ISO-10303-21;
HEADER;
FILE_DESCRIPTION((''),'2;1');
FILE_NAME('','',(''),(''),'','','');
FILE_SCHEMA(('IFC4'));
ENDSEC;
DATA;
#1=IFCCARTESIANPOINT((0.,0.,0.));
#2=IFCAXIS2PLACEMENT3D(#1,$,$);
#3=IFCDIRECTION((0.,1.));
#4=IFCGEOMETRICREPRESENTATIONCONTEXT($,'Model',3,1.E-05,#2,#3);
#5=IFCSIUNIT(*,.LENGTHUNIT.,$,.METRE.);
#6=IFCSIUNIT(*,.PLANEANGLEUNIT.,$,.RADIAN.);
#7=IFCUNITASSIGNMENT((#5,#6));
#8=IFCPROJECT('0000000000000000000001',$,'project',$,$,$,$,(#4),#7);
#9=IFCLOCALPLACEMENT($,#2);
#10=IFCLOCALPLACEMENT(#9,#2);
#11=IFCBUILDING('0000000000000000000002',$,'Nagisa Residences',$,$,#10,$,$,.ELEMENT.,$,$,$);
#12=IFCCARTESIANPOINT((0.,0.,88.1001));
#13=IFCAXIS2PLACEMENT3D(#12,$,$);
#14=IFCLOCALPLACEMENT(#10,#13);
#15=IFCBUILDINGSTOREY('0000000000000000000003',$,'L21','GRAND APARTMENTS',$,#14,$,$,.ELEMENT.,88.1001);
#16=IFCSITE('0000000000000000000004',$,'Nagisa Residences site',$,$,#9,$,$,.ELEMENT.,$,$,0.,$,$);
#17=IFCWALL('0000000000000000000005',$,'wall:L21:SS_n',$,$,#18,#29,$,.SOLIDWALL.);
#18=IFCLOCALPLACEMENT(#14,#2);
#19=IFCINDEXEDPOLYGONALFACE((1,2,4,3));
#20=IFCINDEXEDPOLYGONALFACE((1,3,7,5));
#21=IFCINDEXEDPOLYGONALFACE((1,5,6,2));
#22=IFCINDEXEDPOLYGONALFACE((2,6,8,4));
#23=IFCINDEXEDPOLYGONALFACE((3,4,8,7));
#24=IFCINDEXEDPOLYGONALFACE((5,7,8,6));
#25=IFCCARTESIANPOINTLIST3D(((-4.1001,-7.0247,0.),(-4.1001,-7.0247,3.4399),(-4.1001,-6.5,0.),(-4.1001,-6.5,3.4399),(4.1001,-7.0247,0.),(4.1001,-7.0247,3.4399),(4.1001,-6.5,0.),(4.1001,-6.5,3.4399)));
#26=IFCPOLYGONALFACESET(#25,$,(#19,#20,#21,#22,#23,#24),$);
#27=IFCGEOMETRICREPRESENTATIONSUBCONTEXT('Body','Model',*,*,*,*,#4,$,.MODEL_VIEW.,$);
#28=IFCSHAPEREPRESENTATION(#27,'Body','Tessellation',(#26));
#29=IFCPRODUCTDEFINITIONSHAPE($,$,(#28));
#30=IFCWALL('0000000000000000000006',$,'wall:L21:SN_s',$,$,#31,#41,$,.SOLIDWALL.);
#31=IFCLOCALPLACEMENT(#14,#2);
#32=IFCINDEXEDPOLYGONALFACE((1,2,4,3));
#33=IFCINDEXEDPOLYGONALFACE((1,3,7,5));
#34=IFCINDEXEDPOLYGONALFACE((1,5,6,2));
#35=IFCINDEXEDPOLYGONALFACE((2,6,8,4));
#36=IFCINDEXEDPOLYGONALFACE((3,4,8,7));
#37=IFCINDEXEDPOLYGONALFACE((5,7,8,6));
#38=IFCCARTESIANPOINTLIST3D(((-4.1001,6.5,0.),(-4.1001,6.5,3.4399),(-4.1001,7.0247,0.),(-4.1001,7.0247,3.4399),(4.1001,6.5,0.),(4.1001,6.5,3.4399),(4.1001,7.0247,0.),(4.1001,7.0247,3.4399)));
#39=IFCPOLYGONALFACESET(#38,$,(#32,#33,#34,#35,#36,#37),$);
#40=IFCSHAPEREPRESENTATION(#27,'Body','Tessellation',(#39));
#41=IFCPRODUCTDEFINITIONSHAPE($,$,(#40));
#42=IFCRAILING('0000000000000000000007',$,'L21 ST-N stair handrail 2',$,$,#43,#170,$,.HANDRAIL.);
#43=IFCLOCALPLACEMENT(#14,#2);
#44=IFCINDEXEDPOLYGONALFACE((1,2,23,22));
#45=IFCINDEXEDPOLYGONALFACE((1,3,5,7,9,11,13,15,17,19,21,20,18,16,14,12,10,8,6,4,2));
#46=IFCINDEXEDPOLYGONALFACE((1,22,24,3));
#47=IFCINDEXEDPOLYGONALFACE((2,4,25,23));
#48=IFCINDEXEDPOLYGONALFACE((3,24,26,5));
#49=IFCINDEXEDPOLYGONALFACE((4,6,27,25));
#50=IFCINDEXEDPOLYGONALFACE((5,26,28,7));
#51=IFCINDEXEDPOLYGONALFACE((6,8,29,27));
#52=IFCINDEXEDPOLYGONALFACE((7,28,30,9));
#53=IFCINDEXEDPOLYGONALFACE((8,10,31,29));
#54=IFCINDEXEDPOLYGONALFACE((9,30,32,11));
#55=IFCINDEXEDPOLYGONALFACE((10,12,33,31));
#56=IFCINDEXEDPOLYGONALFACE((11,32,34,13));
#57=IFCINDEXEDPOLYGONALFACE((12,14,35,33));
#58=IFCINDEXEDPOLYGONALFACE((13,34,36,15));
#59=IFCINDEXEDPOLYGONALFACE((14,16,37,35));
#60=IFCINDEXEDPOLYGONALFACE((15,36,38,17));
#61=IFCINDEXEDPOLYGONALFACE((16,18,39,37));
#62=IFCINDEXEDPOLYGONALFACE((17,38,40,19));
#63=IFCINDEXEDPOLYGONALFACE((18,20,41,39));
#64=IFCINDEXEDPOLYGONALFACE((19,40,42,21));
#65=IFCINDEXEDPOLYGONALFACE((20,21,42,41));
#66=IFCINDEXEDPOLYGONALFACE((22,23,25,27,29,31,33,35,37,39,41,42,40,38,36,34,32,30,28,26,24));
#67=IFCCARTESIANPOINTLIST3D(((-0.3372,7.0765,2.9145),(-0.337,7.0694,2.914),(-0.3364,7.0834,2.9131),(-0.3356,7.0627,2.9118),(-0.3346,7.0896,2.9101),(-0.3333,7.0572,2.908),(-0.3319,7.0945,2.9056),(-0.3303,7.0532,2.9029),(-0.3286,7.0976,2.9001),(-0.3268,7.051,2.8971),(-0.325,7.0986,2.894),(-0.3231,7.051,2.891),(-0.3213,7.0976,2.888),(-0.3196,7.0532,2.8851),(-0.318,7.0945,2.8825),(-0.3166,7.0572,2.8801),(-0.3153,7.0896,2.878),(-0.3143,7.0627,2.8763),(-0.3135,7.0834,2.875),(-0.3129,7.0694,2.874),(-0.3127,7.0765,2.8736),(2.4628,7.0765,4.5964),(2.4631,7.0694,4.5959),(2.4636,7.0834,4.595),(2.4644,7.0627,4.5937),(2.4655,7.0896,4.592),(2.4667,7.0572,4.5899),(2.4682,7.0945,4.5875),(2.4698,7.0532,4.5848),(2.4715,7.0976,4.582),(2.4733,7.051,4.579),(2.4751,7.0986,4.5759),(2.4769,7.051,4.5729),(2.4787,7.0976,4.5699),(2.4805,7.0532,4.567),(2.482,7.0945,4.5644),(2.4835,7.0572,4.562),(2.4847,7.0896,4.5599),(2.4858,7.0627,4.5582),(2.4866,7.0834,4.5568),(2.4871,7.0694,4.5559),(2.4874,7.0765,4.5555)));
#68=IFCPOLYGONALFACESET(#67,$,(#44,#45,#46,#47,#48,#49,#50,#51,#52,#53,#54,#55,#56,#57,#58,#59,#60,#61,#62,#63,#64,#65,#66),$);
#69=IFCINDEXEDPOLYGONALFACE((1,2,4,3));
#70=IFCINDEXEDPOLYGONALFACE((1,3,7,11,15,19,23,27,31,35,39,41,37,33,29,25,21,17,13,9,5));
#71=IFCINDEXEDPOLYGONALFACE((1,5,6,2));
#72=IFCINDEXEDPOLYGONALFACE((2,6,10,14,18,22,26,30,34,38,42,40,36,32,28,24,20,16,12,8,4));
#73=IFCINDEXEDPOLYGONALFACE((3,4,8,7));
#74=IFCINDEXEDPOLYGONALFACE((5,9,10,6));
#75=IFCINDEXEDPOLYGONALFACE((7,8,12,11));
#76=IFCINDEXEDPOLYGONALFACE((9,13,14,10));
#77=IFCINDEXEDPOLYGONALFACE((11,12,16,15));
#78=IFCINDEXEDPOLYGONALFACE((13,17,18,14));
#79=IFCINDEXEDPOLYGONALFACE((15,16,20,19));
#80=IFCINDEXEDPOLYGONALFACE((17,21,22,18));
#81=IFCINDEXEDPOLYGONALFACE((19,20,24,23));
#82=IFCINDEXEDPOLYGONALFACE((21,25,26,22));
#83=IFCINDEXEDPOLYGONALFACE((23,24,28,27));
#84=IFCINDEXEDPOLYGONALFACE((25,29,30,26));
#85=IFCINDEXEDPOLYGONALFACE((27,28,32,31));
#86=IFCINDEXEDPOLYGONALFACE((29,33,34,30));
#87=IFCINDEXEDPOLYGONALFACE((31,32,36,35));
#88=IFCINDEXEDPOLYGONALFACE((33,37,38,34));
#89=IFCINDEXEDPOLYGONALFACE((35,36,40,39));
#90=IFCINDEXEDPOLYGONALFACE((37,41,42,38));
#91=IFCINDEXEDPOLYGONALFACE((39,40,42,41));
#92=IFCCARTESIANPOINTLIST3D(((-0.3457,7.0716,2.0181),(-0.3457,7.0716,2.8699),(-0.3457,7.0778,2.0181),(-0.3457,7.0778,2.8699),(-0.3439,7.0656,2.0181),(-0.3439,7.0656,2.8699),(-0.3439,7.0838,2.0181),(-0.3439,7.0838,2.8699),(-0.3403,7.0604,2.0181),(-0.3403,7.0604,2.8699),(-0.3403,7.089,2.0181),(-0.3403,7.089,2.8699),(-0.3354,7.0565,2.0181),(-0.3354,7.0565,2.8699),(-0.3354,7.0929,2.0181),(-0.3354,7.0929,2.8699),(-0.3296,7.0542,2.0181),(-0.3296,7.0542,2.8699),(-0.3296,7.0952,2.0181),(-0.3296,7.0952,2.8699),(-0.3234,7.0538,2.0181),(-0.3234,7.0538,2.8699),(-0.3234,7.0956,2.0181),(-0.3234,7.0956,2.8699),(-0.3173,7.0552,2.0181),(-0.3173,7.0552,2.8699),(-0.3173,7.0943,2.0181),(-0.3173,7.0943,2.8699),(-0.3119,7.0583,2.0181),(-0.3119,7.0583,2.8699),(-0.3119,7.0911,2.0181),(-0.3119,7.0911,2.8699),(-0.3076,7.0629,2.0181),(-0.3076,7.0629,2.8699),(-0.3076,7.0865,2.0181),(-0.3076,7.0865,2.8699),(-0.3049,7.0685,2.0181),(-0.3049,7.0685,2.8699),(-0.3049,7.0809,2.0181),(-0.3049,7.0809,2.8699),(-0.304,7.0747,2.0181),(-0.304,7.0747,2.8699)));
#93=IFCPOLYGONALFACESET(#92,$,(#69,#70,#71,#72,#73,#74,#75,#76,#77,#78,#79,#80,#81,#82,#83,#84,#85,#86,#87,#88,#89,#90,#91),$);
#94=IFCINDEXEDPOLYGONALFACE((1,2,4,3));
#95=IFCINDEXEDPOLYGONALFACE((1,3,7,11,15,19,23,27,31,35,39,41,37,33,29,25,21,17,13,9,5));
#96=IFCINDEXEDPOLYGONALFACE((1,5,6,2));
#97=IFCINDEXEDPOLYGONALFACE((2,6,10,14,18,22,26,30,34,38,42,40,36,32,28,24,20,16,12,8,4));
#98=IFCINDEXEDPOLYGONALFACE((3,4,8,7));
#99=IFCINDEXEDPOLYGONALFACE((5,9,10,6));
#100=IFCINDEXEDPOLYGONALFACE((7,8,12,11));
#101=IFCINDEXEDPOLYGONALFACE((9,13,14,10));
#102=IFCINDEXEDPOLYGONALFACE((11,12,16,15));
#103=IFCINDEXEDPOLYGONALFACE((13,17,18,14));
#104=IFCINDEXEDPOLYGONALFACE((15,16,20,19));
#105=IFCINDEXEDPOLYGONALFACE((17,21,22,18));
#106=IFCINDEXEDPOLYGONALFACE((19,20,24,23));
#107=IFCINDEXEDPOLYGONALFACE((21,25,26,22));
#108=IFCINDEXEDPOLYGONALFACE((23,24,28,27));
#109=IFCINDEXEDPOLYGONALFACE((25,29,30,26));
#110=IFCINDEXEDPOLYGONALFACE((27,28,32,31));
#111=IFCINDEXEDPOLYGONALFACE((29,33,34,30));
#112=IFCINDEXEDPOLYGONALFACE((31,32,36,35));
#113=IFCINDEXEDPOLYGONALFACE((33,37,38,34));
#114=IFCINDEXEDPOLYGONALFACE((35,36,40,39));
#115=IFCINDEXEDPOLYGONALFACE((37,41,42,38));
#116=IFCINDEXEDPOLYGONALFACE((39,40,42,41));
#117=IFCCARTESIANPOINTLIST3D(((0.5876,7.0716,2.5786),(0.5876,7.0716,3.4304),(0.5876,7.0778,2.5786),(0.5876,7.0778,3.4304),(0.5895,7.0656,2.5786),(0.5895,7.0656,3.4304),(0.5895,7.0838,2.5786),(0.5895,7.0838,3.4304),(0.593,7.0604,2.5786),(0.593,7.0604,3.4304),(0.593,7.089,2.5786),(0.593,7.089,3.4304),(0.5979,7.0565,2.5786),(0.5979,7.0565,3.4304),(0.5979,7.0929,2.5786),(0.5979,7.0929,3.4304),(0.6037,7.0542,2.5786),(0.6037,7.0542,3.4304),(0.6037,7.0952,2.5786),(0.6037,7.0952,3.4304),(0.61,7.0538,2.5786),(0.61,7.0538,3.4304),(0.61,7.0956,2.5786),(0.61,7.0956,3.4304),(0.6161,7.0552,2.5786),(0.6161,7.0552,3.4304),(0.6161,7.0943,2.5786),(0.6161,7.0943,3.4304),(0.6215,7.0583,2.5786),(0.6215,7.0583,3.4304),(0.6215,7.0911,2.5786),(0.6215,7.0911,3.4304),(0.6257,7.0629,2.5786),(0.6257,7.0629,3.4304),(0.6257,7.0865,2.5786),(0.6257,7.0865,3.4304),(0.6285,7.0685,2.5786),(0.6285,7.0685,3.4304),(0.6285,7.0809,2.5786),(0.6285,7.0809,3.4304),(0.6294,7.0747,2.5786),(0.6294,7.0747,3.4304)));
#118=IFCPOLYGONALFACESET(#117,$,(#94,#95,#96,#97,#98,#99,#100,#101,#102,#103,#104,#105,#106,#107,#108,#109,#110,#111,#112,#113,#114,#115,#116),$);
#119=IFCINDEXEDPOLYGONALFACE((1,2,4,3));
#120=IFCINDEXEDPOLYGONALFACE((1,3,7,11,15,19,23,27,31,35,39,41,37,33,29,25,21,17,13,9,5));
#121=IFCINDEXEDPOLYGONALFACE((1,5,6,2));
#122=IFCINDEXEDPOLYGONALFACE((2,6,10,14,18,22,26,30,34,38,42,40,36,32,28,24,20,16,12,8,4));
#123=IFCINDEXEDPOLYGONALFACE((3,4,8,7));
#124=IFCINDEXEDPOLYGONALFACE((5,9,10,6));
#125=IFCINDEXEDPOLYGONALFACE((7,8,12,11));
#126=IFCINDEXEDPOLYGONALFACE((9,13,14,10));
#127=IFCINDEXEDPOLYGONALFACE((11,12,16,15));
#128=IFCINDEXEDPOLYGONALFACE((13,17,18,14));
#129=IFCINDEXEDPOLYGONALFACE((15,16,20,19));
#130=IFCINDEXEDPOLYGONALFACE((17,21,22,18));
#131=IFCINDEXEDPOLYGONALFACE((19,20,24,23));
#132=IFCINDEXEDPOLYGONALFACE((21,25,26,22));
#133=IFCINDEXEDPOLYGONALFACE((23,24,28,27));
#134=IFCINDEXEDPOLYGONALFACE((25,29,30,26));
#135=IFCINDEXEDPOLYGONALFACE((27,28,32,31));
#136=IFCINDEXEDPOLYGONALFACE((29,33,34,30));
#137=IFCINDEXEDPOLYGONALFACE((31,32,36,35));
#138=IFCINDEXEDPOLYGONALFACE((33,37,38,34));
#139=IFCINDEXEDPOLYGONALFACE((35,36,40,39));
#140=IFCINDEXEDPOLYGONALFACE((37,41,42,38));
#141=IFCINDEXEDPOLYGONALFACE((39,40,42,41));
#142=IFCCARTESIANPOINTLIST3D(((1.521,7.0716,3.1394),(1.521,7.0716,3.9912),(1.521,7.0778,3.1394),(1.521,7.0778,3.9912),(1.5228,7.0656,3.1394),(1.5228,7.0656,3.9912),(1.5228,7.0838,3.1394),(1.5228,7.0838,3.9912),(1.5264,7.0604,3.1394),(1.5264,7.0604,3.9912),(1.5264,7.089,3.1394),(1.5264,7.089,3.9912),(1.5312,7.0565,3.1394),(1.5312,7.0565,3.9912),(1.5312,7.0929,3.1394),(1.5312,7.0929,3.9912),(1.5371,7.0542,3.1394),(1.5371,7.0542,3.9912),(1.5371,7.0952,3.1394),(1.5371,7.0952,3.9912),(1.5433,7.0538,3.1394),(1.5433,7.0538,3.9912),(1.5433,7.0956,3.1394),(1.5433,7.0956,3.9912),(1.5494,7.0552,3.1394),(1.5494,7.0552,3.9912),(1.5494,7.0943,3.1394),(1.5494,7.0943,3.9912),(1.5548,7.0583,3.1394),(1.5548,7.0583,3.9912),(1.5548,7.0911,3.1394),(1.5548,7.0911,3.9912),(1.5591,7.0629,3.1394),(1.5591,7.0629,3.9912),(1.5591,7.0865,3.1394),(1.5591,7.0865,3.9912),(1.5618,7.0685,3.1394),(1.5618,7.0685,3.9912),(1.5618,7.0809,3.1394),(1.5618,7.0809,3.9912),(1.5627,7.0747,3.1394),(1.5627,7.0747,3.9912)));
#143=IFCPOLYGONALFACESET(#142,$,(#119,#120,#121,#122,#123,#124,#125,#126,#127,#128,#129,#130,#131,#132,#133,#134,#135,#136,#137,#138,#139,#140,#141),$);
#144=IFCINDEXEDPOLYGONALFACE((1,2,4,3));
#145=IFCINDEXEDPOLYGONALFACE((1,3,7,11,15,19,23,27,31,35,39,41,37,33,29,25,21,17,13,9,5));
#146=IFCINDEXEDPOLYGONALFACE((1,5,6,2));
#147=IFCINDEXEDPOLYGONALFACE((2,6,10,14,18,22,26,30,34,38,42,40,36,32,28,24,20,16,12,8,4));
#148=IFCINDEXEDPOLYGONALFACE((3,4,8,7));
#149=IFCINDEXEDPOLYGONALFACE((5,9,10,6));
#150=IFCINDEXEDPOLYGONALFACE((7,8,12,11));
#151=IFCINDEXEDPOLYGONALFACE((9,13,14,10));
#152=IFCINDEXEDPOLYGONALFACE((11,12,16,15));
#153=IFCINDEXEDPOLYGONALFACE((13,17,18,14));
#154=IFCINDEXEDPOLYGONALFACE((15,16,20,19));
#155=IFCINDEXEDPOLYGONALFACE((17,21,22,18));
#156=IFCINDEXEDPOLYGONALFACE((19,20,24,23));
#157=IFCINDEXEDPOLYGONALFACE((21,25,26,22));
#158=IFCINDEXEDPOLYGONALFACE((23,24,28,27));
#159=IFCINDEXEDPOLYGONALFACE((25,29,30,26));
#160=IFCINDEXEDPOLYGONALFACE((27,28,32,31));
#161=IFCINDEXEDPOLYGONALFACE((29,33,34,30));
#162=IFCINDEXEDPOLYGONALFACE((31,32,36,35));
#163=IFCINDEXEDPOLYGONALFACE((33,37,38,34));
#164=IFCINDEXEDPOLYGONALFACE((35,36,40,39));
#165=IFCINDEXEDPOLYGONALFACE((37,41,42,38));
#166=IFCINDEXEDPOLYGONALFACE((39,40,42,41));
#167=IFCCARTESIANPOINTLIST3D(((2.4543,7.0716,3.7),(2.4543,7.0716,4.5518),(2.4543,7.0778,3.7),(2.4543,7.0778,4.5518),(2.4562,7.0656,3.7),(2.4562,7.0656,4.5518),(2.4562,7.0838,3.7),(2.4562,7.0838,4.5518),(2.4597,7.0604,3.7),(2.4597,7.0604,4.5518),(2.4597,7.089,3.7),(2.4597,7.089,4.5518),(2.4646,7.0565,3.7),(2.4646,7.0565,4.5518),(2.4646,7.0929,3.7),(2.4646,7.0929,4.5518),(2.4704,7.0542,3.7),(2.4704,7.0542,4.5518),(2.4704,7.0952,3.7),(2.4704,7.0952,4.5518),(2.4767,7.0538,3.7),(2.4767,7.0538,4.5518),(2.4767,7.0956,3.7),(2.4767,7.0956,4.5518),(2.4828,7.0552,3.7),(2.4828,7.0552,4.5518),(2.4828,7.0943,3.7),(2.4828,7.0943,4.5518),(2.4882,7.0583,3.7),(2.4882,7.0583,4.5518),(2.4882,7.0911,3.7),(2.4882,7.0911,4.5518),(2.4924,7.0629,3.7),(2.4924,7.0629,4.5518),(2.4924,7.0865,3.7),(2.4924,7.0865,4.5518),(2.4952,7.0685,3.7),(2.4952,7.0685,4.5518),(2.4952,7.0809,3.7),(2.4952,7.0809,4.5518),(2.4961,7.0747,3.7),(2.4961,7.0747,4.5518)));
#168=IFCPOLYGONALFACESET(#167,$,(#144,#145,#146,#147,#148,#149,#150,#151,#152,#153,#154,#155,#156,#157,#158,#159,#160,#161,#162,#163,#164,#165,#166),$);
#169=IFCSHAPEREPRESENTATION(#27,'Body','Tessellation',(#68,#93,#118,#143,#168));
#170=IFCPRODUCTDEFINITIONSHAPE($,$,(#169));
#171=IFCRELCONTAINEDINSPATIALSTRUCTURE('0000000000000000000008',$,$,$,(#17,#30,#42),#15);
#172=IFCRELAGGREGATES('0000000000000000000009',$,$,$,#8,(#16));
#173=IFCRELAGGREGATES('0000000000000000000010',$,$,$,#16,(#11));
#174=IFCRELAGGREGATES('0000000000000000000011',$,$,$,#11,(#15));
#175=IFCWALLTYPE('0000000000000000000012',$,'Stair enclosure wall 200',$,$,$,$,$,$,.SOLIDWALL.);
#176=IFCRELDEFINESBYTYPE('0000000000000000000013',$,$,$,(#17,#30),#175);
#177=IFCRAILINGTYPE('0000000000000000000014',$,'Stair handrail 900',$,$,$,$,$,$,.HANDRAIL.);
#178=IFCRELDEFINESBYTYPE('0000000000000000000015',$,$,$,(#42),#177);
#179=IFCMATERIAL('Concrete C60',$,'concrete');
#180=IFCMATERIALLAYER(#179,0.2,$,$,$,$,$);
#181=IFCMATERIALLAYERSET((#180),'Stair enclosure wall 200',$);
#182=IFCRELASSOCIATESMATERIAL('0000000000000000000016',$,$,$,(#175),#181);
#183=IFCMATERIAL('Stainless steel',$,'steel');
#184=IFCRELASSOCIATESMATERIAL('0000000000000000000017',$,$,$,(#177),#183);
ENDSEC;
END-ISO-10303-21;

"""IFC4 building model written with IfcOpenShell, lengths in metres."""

from ifc_helpers import new_model, si_unit, direction, frame, origin, origin_2d, place, context, subcontext, project, spatial, polyline, circle, outline, extrude, material, layer, layer_set, type_object, element, save


model = new_model("IFC4")

# Units and contexts
model_context = context("Model", 3, precision=1e-05, world=origin(), true_north=direction((0.0, 1.0)))
body_context = subcontext(model_context, "Body", "Model", "MODEL_VIEW")
ifc_project = project(units=[si_unit("LENGTHUNIT", "METRE"), si_unit("PLANEANGLEUNIT", "RADIAN")], contexts=[model_context])

# Site, building, storey
site_placement = place(None, origin())
site = spatial("IfcSite", under=ifc_project, at=site_placement, Name="Nagisa Residences site", CompositionType="ELEMENT", RefElevation=0.0)
building_placement = place(site_placement, origin())
building = spatial("IfcBuilding", under=site, at=building_placement, Name="Nagisa Residences", CompositionType="ELEMENT")
storey_placement = place(building_placement, frame((0.0, 0.0, 88.1001)))
storey = spatial("IfcBuildingStorey", under=building, at=storey_placement, Name="L21", Description="GRAND APARTMENTS", CompositionType="ELEMENT", Elevation=88.1001)

# Walls
ifc_material_1 = material(Name="Concrete C60", Category="concrete")
ifc_layer_1 = layer(ifc_material_1, 0.2)
ifc_layer_set_1 = layer_set([ifc_layer_1], Name="Stair enclosure wall 200")
wall_type_1 = type_object("IfcWallType", Name="Stair enclosure wall 200", PredefinedType="SOLIDWALL", material=ifc_layer_set_1)
wall_1_placement = place(storey_placement, origin())
element("IfcWall", 1, at=wall_1_placement, inside=storey, type_object=wall_type_1, Name="wall:L21:SS_n", PredefinedType="SOLIDWALL", context=body_context, shape_type="SweptSolid", body=[
    extrude(outline(polyline([(4.1001, -7.0247), (-4.1001, -7.0247), (-4.1001, -6.5), (4.1001, -6.5), (4.1001, -7.0247)])), origin(), (0.0, 0.0, 1.0), 3.4399),
])
wall_2_placement = place(storey_placement, origin())
element("IfcWall", 2, at=wall_2_placement, inside=storey, type_object=wall_type_1, Name="wall:L21:SN_s", PredefinedType="SOLIDWALL", context=body_context, shape_type="SweptSolid", body=[
    extrude(outline(polyline([(4.1001, 6.5), (-4.1001, 6.5), (-4.1001, 7.0247), (4.1001, 7.0247), (4.1001, 6.5)])), origin(), (0.0, 0.0, 1.0), 3.4399),
])

# Railing
ifc_material_2 = material(Name="Stainless steel", Category="steel")
railing_type = type_object("IfcRailingType", Name="Stair handrail 900", PredefinedType="HANDRAIL", material=ifc_material_2)
railing_placement = place(storey_placement, frame((-0.325, 7.0747, 2.0181)))
element("IfcRailing", 3, at=railing_placement, inside=storey, type_object=railing_type, Name="L21 ST-N stair handrail 2", PredefinedType="HANDRAIL", context=body_context, shape_type="SweptSolid", body=[
    extrude(circle(Radius=0.0239, at=origin_2d()), frame((0.0, 0.0, 0.876), z_axis=(0.857242, 0.0, 0.514913), x_axis=(0.0, 1.0, 0.0)), (0.0, 0.0, 1.0), 3.2664),
    extrude(circle(Radius=0.021, at=origin_2d()), origin(), (0.0, 0.0, 1.0), 0.8518),
    extrude(circle(Radius=0.021, at=origin_2d()), frame((0.9333, 0.0, 0.5605)), (0.0, 0.0, 1.0), 0.8518),
    extrude(circle(Radius=0.021, at=origin_2d()), frame((1.8667, 0.0, 1.1213)), (0.0, 0.0, 1.0), 0.8518),
    extrude(circle(Radius=0.021, at=origin_2d()), frame((2.8, 0.0, 1.6819)), (0.0, 0.0, 1.0), 0.8518),
])

save(model, "model.ifc")
